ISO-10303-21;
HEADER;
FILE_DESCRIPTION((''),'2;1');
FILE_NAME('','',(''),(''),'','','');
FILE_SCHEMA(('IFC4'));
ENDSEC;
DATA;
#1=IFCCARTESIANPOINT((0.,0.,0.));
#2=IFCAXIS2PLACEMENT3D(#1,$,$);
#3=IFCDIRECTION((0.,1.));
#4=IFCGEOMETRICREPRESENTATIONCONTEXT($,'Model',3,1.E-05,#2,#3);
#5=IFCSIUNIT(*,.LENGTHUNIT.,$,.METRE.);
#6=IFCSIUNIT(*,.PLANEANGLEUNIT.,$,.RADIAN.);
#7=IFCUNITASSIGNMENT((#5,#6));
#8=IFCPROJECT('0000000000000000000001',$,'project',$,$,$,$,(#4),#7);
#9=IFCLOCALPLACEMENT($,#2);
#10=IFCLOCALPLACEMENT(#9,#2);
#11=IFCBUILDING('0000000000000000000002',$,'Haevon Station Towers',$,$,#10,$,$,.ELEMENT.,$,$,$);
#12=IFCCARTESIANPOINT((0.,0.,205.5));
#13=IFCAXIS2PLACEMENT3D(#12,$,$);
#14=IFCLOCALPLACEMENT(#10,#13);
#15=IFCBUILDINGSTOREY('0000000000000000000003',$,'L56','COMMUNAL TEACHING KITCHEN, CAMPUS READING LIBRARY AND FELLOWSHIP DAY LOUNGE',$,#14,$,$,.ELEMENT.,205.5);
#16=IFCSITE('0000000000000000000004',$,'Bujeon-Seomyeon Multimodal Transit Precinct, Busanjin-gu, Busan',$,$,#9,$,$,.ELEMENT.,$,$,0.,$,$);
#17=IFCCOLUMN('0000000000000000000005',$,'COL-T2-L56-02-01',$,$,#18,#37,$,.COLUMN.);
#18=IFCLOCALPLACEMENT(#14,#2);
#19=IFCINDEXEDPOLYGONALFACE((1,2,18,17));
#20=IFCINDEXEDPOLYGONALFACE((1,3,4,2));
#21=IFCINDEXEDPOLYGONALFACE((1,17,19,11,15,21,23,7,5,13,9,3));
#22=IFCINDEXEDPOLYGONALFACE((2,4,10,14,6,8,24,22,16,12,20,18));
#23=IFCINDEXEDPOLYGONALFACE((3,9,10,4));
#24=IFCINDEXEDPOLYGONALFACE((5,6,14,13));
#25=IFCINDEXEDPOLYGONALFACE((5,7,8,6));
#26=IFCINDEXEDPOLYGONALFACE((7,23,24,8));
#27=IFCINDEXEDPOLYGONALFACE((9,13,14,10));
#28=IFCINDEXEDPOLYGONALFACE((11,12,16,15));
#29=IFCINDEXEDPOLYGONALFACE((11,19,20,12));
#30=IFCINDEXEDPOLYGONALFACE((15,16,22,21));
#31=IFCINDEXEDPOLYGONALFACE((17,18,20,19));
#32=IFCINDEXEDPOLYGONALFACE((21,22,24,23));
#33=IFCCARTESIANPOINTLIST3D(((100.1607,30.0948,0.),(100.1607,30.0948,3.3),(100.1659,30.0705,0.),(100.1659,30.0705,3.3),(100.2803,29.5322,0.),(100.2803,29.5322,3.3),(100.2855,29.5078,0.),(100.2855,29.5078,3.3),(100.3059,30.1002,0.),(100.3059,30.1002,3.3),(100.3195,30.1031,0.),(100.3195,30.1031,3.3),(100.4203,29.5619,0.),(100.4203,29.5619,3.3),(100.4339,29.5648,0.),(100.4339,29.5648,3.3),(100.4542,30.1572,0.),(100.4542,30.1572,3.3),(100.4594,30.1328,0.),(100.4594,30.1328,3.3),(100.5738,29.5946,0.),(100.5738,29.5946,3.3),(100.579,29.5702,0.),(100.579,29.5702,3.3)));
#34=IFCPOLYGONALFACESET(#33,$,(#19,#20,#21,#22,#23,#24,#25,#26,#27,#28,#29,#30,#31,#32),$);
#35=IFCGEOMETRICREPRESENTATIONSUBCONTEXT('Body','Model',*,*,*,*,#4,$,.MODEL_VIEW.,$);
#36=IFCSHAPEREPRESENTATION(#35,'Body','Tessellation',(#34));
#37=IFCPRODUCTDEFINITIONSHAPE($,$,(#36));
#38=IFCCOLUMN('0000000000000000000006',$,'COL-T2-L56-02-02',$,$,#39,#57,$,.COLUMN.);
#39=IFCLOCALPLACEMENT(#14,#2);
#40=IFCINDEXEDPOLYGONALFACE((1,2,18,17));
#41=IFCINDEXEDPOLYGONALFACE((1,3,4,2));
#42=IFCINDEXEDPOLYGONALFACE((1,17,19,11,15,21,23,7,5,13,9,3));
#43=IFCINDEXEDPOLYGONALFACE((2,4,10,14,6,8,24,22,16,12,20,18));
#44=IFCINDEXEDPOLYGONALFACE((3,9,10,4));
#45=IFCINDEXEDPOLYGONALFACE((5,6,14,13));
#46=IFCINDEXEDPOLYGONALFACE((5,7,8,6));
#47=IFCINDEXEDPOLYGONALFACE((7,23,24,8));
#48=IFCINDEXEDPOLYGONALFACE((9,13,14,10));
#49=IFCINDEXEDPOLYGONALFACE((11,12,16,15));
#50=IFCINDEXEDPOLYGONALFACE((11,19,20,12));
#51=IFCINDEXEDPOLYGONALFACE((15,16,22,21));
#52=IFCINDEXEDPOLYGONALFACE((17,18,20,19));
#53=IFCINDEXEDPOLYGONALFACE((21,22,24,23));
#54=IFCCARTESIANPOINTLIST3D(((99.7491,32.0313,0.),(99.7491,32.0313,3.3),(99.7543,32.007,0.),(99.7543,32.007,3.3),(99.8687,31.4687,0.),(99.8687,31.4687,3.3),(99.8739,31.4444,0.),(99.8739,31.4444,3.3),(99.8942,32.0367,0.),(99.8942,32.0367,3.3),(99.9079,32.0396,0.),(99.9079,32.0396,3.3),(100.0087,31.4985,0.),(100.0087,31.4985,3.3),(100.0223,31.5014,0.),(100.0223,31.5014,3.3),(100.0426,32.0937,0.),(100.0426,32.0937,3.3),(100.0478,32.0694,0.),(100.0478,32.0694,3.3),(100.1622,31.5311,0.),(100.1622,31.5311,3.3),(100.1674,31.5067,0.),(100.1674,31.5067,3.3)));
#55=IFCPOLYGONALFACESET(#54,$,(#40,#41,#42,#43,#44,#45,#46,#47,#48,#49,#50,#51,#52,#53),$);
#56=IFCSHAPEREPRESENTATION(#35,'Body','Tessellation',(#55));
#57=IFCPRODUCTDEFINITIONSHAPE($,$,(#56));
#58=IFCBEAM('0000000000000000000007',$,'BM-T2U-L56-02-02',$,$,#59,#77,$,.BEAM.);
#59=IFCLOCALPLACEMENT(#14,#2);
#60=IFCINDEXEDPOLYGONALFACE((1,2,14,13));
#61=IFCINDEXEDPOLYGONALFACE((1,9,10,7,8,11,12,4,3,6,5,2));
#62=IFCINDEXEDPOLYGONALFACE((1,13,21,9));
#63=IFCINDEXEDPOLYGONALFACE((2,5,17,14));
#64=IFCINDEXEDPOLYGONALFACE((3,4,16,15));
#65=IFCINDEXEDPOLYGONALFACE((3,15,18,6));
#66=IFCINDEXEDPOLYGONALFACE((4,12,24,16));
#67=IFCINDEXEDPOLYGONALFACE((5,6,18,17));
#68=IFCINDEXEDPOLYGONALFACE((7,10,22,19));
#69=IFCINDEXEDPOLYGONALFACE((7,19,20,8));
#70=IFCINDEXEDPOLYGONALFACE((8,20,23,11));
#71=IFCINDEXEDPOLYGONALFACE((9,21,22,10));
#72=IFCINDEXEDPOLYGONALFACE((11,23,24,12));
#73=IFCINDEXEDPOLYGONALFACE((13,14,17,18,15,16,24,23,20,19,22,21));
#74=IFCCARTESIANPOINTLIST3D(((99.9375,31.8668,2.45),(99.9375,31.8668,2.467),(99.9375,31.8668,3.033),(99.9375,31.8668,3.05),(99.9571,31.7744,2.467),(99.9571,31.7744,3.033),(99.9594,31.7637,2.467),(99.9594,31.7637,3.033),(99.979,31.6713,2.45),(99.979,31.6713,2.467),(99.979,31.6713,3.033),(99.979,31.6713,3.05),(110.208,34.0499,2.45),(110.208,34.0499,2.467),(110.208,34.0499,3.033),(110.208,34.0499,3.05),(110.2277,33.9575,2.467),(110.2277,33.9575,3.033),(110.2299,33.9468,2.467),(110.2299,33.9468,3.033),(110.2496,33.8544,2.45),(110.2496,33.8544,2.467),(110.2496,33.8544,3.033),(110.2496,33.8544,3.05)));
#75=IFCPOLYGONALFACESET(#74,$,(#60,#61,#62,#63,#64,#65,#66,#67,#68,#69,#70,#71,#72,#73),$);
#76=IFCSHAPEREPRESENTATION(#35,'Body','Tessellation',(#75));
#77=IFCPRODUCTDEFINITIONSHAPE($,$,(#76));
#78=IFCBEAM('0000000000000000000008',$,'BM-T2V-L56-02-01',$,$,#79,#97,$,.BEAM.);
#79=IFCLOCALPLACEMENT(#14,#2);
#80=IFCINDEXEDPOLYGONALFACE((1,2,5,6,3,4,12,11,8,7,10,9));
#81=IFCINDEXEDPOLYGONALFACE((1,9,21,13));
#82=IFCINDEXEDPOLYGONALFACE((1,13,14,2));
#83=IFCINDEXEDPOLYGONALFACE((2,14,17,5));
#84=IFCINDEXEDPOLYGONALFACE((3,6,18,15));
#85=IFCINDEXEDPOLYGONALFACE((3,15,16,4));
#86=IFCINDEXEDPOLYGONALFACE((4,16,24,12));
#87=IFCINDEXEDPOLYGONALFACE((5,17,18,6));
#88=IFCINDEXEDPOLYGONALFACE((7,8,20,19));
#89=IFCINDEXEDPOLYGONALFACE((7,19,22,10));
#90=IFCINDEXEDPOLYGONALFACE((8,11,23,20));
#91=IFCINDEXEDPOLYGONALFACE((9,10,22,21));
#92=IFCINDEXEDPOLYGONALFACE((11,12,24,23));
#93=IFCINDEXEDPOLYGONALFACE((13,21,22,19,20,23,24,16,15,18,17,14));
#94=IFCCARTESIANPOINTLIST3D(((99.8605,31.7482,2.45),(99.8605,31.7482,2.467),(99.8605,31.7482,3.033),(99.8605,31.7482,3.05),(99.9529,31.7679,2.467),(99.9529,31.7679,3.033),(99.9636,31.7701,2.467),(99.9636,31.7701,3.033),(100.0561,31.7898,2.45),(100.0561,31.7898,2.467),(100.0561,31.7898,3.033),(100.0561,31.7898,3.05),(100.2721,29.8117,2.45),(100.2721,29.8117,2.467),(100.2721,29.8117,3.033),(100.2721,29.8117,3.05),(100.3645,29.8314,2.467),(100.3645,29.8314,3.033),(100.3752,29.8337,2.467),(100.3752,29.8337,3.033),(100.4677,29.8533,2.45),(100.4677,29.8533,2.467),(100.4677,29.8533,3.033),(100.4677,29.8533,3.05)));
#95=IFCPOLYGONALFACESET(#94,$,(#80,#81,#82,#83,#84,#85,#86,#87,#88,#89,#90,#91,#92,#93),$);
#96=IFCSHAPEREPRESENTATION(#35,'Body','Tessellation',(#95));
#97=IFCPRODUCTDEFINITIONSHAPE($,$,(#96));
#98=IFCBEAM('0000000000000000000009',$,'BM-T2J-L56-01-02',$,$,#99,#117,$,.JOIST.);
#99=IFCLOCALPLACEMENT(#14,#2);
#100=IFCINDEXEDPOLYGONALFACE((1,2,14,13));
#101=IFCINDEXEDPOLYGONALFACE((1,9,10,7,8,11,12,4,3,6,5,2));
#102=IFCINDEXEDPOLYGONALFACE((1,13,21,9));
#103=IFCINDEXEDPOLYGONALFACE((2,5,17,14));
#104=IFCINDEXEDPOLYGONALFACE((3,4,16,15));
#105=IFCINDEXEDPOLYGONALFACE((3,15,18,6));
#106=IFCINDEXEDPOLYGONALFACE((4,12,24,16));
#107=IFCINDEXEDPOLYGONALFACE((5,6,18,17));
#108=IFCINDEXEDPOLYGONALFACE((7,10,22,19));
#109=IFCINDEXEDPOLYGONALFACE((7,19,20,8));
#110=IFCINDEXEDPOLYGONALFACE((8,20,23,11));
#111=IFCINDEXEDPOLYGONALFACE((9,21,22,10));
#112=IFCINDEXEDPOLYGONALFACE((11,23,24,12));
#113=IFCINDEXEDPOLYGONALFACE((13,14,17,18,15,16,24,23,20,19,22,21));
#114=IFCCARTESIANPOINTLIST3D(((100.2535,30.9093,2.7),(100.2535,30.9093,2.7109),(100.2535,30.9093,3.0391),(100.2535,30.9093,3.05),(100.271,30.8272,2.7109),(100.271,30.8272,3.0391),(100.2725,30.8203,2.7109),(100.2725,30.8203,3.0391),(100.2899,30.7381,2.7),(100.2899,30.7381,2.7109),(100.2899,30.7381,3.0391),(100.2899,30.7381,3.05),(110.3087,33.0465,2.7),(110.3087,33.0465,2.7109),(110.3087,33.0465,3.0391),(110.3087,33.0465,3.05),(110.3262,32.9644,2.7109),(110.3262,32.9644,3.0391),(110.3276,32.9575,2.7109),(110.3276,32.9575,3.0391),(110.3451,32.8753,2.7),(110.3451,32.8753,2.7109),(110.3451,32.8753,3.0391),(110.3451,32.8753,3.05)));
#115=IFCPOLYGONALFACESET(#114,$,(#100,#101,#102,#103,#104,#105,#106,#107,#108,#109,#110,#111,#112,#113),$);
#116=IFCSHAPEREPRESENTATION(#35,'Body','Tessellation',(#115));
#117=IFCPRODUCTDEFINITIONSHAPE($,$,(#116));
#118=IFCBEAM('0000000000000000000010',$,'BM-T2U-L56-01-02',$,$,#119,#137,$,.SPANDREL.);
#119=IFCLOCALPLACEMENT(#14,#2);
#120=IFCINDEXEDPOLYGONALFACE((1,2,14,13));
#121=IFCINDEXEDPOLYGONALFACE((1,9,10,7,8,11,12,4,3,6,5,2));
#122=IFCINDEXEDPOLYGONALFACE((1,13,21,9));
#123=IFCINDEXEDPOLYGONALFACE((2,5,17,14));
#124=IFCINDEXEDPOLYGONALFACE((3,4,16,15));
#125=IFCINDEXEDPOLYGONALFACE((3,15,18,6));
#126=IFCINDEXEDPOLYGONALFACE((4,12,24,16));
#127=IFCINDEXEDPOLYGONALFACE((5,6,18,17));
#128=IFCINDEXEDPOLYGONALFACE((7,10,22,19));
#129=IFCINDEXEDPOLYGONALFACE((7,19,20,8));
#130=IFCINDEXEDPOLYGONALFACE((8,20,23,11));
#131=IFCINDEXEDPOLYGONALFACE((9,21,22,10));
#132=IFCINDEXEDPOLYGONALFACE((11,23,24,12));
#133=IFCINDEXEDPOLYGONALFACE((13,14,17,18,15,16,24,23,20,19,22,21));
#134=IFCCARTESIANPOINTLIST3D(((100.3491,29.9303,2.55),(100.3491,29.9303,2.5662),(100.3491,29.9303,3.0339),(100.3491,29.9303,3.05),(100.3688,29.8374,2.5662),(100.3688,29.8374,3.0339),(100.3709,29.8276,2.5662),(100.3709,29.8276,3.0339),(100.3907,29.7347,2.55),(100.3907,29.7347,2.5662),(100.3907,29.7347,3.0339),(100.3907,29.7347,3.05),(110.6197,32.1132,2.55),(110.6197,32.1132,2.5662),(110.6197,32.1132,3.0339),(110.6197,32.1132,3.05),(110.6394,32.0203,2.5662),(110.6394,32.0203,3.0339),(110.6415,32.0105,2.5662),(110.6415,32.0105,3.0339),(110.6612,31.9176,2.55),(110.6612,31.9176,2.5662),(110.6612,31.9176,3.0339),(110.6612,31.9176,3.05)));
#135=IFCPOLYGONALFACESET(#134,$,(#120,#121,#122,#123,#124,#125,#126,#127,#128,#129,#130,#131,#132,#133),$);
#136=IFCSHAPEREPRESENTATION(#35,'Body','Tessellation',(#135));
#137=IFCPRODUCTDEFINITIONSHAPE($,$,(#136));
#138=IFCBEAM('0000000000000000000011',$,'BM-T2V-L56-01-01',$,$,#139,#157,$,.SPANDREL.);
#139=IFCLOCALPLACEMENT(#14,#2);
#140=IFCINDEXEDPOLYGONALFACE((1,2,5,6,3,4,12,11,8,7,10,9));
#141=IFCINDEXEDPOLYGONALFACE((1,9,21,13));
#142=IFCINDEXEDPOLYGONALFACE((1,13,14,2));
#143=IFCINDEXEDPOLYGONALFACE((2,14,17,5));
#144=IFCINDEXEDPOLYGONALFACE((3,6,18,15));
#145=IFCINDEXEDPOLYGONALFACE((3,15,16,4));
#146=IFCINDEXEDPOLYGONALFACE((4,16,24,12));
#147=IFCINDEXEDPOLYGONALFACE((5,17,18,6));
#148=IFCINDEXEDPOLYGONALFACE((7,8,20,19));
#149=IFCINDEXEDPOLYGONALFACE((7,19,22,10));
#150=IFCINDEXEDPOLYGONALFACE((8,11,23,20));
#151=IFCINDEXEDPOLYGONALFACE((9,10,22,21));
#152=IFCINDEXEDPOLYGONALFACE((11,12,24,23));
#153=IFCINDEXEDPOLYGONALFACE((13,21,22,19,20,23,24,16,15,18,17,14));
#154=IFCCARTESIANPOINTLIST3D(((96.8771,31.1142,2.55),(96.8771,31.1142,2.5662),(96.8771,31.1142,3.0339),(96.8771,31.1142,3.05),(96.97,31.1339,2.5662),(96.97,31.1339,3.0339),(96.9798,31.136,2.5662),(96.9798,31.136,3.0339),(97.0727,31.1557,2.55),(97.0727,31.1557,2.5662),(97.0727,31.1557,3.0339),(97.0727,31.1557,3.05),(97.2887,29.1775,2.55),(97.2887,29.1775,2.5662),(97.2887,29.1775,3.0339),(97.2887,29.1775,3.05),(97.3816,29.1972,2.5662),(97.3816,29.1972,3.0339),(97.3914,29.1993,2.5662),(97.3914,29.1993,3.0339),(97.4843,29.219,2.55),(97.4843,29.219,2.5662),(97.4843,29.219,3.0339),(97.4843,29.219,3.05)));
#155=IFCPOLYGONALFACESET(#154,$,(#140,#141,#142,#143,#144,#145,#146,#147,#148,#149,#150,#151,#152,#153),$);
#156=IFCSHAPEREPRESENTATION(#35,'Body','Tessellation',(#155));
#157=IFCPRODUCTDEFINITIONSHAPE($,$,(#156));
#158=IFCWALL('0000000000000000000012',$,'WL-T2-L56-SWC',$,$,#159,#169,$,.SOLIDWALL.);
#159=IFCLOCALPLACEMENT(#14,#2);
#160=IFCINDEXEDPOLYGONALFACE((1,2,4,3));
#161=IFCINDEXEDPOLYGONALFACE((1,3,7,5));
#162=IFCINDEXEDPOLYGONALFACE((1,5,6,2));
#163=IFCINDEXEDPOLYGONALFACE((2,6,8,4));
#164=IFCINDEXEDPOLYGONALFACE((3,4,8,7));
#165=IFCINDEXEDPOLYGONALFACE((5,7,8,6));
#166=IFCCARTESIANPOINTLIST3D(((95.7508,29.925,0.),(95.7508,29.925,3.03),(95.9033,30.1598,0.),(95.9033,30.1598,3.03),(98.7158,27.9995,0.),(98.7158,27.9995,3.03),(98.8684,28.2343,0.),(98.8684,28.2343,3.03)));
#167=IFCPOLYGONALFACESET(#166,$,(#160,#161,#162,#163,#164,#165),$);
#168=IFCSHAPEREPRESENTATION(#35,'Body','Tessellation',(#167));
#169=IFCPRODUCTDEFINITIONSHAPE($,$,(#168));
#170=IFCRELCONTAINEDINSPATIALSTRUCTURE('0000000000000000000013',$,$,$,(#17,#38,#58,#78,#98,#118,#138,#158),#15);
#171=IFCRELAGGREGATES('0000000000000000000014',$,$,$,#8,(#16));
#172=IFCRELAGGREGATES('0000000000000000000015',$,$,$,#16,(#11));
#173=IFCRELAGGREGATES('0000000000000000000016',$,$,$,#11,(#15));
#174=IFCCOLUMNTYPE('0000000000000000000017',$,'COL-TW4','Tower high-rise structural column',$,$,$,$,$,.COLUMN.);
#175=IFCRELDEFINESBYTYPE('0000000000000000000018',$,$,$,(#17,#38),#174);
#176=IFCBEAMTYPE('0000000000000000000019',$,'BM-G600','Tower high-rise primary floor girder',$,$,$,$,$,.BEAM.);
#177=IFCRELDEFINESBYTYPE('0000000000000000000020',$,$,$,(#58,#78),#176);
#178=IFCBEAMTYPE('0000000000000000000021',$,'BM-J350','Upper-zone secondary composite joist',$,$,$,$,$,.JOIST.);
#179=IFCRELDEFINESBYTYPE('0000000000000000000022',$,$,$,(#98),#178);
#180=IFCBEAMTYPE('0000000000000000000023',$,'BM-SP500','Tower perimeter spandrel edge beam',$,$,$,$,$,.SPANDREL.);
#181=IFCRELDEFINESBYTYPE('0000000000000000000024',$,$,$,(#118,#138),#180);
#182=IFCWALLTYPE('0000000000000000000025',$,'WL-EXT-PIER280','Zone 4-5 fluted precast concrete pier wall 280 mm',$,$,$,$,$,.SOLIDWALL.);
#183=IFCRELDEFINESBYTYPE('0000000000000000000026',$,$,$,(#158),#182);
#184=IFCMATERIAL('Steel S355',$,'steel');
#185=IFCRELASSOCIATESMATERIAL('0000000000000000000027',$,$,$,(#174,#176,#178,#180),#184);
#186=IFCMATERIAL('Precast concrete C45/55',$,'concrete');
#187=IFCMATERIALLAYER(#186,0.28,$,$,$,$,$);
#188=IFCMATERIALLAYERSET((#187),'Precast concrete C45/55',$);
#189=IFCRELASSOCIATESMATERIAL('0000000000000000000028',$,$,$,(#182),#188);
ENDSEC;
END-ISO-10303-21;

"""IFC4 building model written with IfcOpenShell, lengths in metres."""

from ifc_helpers import new_model, si_unit, direction, frame, frame_2d, origin, origin_2d, place, context, subcontext, project, spatial, rectangle, i_section, extrude, material, layer, layer_set, material_profile, profile_set, type_object, element, save


model = new_model("IFC4")

# Units and contexts
model_context = context("Model", 3, precision=1e-05, world=origin(), true_north=direction((0.0, 1.0)))
body_context = subcontext(model_context, "Body", "Model", "MODEL_VIEW")
ifc_project = project(units=[si_unit("LENGTHUNIT", "METRE"), si_unit("PLANEANGLEUNIT", "RADIAN")], contexts=[model_context])

# Site, building, storey
site_placement = place(None, origin())
site = spatial("IfcSite", under=ifc_project, at=site_placement, Name="Bujeon-Seomyeon Multimodal Transit Precinct, Busanjin-gu, Busan", CompositionType="ELEMENT", RefElevation=0.0)
building_placement = place(site_placement, origin())
building = spatial("IfcBuilding", under=site, at=building_placement, Name="Haevon Station Towers", CompositionType="ELEMENT")
storey_placement = place(building_placement, frame((0.0, 0.0, 205.5)))
storey = spatial("IfcBuildingStorey", under=building, at=storey_placement, Name="L56", Description="COMMUNAL TEACHING KITCHEN, CAMPUS READING LIBRARY AND FELLOWSHIP DAY LOUNGE", CompositionType="ELEMENT", Elevation=205.5)

# Columns
ifc_material_1 = material(Name="Steel S355", Category="steel")
ifc_material_profile_1 = material_profile(ifc_material_1, i_section(OverallWidth=0.3, OverallDepth=0.6001, WebThickness=0.0139, FlangeThickness=0.0249, at=origin_2d()), Name="H-600x300x14x25")
ifc_profile_set_1 = profile_set([ifc_material_profile_1], Name="Steel S355")
column_type = type_object("IfcColumnType", Name="COL-TW4", Description="Tower high-rise structural column", PredefinedType="COLUMN", material=ifc_profile_set_1)
for number, where, z_axis, x_axis, name in (
    (1, (100.3699, 29.8325, 0.0), (0.0, 0.0, 1.0), (0.978148, 0.207912, 0.0), "COL-T2-L56-02-01"),
    (2, (99.9583, 31.769, 0.0), (0.0, 0.0, 1.0), (0.978148, 0.207912, 0.0), "COL-T2-L56-02-02"),
):
    element("IfcColumn", number, at=place(storey_placement, frame(where, z_axis=z_axis, x_axis=x_axis)), inside=storey, type_object=column_type, Name=name, PredefinedType="COLUMN", context=body_context, shape_type="SweptSolid", body=[
        extrude(i_section(OverallWidth=0.3, OverallDepth=0.6001, WebThickness=0.0139, FlangeThickness=0.0249, at=origin_2d()), origin(), (0.0, 0.0, 1.0), 3.3),
    ])

# Beams
ifc_material_profile_2 = material_profile(ifc_material_1, i_section(OverallWidth=0.2, OverallDepth=0.6001, WebThickness=0.011, FlangeThickness=0.0171, at=origin_2d()), Name="H-600x200x11x17")
ifc_profile_set_2 = profile_set([ifc_material_profile_2], Name="Steel S355")
beam_type_1 = type_object("IfcBeamType", Name="BM-G600", Description="Tower high-rise primary floor girder", PredefinedType="BEAM", material=ifc_profile_set_2)
beam_1_placement = place(storey_placement, frame((99.9583, 31.769, 2.75), z_axis=(0.978147, 0.207915, 0.0), x_axis=(-0.207915, 0.978147, 0.0)))
element("IfcBeam", 3, at=beam_1_placement, inside=storey, type_object=beam_type_1, Name="BM-T2U-L56-02-02", PredefinedType="BEAM", context=body_context, shape_type="SweptSolid", body=[
    extrude(i_section(OverallWidth=0.2, OverallDepth=0.6001, WebThickness=0.011, FlangeThickness=0.0171, at=origin_2d()), origin(), (0.0, 0.0, 1.0), 10.5),
])
beam_2_placement = place(storey_placement, frame((100.3699, 29.8325, 2.75), z_axis=(-0.207912, 0.978148, 0.0), x_axis=(-0.978148, -0.207912, 0.0)))
element("IfcBeam", 4, at=beam_2_placement, inside=storey, type_object=beam_type_1, Name="BM-T2V-L56-02-01", PredefinedType="BEAM", context=body_context, shape_type="SweptSolid", body=[
    extrude(i_section(OverallWidth=0.2, OverallDepth=0.6001, WebThickness=0.011, FlangeThickness=0.0171, at=origin_2d()), origin(), (0.0, 0.0, 1.0), 1.9797),
])
ifc_material_profile_3 = material_profile(ifc_material_1, i_section(OverallWidth=0.175, OverallDepth=0.3501, WebThickness=0.0071, FlangeThickness=0.011, at=origin_2d()), Name="H-350x175x7x11")
ifc_profile_set_3 = profile_set([ifc_material_profile_3], Name="Steel S355")
beam_type_2 = type_object("IfcBeamType", Name="BM-J350", Description="Upper-zone secondary composite joist", PredefinedType="JOIST", material=ifc_profile_set_3)
beam_3_placement = place(storey_placement, frame((100.2717, 30.8237, 2.875), z_axis=(0.978149, 0.207904, 0.0), x_axis=(-0.207904, 0.978149, 0.0)))
element("IfcBeam", 5, at=beam_3_placement, inside=storey, type_object=beam_type_2, Name="BM-T2J-L56-01-02", PredefinedType="JOIST", context=body_context, shape_type="SweptSolid", body=[
    extrude(i_section(OverallWidth=0.175, OverallDepth=0.3501, WebThickness=0.0071, FlangeThickness=0.011, at=origin_2d()), origin(), (0.0, 0.0, 1.0), 10.2798),
])
ifc_material_profile_4 = material_profile(ifc_material_1, i_section(OverallWidth=0.2, OverallDepth=0.5, WebThickness=0.01, FlangeThickness=0.0161, at=origin_2d()), Name="H-500x200x10x16")
ifc_profile_set_4 = profile_set([ifc_material_profile_4], Name="Steel S355")
beam_type_3 = type_object("IfcBeamType", Name="BM-SP500", Description="Tower perimeter spandrel edge beam", PredefinedType="SPANDREL", material=ifc_profile_set_4)
beam_4_placement = place(storey_placement, frame((100.3699, 29.8325, 2.8), z_axis=(0.978152, 0.207893, 0.0), x_axis=(-0.207893, 0.978152, 0.0)))
element("IfcBeam", 6, at=beam_4_placement, inside=storey, type_object=beam_type_3, Name="BM-T2U-L56-01-02", PredefinedType="SPANDREL", context=body_context, shape_type="SweptSolid", body=[
    extrude(i_section(OverallWidth=0.2, OverallDepth=0.5, WebThickness=0.01, FlangeThickness=0.0161, at=origin_2d()), origin(), (0.0, 0.0, 1.0), 10.5),
])
beam_5_placement = place(storey_placement, frame((97.3865, 29.1982, 2.8), z_axis=(-0.207887, 0.978153, 0.0), x_axis=(-0.978153, -0.207887, 0.0)))
element("IfcBeam", 7, at=beam_5_placement, inside=storey, type_object=beam_type_3, Name="BM-T2V-L56-01-01", PredefinedType="SPANDREL", context=body_context, shape_type="SweptSolid", body=[
    extrude(i_section(OverallWidth=0.2, OverallDepth=0.5, WebThickness=0.01, FlangeThickness=0.0161, at=origin_2d()), origin(), (0.0, 0.0, 1.0), 1.98),
])

# Wall
ifc_material_2 = material(Name="Precast concrete C45/55", Category="concrete")
ifc_layer_1 = layer(ifc_material_2, 0.28)
ifc_layer_set_1 = layer_set([ifc_layer_1], Name="Precast concrete C45/55")
wall_type_1 = type_object("IfcWallType", Name="WL-EXT-PIER280", Description="Zone 4-5 fluted precast concrete pier wall 280 mm", PredefinedType="SOLIDWALL", material=ifc_layer_set_1)
wall_1_placement = place(storey_placement, frame((98.792, 28.1169, 0.0), z_axis=(0.0, 0.0, 1.0), x_axis=(-0.838672, 0.544636, 0.0)))
element("IfcWall", 8, at=wall_1_placement, inside=storey, type_object=wall_type_1, Name="WL-T2-L56-SWC", PredefinedType="SOLIDWALL", context=body_context, shape_type="SweptSolid", body=[
    extrude(rectangle(XDim=3.5354, YDim=0.28, at=frame_2d((1.7676, 0.0))), origin(), (0.0, 0.0, 1.0), 3.03),
])

save(model, "model.ifc")
